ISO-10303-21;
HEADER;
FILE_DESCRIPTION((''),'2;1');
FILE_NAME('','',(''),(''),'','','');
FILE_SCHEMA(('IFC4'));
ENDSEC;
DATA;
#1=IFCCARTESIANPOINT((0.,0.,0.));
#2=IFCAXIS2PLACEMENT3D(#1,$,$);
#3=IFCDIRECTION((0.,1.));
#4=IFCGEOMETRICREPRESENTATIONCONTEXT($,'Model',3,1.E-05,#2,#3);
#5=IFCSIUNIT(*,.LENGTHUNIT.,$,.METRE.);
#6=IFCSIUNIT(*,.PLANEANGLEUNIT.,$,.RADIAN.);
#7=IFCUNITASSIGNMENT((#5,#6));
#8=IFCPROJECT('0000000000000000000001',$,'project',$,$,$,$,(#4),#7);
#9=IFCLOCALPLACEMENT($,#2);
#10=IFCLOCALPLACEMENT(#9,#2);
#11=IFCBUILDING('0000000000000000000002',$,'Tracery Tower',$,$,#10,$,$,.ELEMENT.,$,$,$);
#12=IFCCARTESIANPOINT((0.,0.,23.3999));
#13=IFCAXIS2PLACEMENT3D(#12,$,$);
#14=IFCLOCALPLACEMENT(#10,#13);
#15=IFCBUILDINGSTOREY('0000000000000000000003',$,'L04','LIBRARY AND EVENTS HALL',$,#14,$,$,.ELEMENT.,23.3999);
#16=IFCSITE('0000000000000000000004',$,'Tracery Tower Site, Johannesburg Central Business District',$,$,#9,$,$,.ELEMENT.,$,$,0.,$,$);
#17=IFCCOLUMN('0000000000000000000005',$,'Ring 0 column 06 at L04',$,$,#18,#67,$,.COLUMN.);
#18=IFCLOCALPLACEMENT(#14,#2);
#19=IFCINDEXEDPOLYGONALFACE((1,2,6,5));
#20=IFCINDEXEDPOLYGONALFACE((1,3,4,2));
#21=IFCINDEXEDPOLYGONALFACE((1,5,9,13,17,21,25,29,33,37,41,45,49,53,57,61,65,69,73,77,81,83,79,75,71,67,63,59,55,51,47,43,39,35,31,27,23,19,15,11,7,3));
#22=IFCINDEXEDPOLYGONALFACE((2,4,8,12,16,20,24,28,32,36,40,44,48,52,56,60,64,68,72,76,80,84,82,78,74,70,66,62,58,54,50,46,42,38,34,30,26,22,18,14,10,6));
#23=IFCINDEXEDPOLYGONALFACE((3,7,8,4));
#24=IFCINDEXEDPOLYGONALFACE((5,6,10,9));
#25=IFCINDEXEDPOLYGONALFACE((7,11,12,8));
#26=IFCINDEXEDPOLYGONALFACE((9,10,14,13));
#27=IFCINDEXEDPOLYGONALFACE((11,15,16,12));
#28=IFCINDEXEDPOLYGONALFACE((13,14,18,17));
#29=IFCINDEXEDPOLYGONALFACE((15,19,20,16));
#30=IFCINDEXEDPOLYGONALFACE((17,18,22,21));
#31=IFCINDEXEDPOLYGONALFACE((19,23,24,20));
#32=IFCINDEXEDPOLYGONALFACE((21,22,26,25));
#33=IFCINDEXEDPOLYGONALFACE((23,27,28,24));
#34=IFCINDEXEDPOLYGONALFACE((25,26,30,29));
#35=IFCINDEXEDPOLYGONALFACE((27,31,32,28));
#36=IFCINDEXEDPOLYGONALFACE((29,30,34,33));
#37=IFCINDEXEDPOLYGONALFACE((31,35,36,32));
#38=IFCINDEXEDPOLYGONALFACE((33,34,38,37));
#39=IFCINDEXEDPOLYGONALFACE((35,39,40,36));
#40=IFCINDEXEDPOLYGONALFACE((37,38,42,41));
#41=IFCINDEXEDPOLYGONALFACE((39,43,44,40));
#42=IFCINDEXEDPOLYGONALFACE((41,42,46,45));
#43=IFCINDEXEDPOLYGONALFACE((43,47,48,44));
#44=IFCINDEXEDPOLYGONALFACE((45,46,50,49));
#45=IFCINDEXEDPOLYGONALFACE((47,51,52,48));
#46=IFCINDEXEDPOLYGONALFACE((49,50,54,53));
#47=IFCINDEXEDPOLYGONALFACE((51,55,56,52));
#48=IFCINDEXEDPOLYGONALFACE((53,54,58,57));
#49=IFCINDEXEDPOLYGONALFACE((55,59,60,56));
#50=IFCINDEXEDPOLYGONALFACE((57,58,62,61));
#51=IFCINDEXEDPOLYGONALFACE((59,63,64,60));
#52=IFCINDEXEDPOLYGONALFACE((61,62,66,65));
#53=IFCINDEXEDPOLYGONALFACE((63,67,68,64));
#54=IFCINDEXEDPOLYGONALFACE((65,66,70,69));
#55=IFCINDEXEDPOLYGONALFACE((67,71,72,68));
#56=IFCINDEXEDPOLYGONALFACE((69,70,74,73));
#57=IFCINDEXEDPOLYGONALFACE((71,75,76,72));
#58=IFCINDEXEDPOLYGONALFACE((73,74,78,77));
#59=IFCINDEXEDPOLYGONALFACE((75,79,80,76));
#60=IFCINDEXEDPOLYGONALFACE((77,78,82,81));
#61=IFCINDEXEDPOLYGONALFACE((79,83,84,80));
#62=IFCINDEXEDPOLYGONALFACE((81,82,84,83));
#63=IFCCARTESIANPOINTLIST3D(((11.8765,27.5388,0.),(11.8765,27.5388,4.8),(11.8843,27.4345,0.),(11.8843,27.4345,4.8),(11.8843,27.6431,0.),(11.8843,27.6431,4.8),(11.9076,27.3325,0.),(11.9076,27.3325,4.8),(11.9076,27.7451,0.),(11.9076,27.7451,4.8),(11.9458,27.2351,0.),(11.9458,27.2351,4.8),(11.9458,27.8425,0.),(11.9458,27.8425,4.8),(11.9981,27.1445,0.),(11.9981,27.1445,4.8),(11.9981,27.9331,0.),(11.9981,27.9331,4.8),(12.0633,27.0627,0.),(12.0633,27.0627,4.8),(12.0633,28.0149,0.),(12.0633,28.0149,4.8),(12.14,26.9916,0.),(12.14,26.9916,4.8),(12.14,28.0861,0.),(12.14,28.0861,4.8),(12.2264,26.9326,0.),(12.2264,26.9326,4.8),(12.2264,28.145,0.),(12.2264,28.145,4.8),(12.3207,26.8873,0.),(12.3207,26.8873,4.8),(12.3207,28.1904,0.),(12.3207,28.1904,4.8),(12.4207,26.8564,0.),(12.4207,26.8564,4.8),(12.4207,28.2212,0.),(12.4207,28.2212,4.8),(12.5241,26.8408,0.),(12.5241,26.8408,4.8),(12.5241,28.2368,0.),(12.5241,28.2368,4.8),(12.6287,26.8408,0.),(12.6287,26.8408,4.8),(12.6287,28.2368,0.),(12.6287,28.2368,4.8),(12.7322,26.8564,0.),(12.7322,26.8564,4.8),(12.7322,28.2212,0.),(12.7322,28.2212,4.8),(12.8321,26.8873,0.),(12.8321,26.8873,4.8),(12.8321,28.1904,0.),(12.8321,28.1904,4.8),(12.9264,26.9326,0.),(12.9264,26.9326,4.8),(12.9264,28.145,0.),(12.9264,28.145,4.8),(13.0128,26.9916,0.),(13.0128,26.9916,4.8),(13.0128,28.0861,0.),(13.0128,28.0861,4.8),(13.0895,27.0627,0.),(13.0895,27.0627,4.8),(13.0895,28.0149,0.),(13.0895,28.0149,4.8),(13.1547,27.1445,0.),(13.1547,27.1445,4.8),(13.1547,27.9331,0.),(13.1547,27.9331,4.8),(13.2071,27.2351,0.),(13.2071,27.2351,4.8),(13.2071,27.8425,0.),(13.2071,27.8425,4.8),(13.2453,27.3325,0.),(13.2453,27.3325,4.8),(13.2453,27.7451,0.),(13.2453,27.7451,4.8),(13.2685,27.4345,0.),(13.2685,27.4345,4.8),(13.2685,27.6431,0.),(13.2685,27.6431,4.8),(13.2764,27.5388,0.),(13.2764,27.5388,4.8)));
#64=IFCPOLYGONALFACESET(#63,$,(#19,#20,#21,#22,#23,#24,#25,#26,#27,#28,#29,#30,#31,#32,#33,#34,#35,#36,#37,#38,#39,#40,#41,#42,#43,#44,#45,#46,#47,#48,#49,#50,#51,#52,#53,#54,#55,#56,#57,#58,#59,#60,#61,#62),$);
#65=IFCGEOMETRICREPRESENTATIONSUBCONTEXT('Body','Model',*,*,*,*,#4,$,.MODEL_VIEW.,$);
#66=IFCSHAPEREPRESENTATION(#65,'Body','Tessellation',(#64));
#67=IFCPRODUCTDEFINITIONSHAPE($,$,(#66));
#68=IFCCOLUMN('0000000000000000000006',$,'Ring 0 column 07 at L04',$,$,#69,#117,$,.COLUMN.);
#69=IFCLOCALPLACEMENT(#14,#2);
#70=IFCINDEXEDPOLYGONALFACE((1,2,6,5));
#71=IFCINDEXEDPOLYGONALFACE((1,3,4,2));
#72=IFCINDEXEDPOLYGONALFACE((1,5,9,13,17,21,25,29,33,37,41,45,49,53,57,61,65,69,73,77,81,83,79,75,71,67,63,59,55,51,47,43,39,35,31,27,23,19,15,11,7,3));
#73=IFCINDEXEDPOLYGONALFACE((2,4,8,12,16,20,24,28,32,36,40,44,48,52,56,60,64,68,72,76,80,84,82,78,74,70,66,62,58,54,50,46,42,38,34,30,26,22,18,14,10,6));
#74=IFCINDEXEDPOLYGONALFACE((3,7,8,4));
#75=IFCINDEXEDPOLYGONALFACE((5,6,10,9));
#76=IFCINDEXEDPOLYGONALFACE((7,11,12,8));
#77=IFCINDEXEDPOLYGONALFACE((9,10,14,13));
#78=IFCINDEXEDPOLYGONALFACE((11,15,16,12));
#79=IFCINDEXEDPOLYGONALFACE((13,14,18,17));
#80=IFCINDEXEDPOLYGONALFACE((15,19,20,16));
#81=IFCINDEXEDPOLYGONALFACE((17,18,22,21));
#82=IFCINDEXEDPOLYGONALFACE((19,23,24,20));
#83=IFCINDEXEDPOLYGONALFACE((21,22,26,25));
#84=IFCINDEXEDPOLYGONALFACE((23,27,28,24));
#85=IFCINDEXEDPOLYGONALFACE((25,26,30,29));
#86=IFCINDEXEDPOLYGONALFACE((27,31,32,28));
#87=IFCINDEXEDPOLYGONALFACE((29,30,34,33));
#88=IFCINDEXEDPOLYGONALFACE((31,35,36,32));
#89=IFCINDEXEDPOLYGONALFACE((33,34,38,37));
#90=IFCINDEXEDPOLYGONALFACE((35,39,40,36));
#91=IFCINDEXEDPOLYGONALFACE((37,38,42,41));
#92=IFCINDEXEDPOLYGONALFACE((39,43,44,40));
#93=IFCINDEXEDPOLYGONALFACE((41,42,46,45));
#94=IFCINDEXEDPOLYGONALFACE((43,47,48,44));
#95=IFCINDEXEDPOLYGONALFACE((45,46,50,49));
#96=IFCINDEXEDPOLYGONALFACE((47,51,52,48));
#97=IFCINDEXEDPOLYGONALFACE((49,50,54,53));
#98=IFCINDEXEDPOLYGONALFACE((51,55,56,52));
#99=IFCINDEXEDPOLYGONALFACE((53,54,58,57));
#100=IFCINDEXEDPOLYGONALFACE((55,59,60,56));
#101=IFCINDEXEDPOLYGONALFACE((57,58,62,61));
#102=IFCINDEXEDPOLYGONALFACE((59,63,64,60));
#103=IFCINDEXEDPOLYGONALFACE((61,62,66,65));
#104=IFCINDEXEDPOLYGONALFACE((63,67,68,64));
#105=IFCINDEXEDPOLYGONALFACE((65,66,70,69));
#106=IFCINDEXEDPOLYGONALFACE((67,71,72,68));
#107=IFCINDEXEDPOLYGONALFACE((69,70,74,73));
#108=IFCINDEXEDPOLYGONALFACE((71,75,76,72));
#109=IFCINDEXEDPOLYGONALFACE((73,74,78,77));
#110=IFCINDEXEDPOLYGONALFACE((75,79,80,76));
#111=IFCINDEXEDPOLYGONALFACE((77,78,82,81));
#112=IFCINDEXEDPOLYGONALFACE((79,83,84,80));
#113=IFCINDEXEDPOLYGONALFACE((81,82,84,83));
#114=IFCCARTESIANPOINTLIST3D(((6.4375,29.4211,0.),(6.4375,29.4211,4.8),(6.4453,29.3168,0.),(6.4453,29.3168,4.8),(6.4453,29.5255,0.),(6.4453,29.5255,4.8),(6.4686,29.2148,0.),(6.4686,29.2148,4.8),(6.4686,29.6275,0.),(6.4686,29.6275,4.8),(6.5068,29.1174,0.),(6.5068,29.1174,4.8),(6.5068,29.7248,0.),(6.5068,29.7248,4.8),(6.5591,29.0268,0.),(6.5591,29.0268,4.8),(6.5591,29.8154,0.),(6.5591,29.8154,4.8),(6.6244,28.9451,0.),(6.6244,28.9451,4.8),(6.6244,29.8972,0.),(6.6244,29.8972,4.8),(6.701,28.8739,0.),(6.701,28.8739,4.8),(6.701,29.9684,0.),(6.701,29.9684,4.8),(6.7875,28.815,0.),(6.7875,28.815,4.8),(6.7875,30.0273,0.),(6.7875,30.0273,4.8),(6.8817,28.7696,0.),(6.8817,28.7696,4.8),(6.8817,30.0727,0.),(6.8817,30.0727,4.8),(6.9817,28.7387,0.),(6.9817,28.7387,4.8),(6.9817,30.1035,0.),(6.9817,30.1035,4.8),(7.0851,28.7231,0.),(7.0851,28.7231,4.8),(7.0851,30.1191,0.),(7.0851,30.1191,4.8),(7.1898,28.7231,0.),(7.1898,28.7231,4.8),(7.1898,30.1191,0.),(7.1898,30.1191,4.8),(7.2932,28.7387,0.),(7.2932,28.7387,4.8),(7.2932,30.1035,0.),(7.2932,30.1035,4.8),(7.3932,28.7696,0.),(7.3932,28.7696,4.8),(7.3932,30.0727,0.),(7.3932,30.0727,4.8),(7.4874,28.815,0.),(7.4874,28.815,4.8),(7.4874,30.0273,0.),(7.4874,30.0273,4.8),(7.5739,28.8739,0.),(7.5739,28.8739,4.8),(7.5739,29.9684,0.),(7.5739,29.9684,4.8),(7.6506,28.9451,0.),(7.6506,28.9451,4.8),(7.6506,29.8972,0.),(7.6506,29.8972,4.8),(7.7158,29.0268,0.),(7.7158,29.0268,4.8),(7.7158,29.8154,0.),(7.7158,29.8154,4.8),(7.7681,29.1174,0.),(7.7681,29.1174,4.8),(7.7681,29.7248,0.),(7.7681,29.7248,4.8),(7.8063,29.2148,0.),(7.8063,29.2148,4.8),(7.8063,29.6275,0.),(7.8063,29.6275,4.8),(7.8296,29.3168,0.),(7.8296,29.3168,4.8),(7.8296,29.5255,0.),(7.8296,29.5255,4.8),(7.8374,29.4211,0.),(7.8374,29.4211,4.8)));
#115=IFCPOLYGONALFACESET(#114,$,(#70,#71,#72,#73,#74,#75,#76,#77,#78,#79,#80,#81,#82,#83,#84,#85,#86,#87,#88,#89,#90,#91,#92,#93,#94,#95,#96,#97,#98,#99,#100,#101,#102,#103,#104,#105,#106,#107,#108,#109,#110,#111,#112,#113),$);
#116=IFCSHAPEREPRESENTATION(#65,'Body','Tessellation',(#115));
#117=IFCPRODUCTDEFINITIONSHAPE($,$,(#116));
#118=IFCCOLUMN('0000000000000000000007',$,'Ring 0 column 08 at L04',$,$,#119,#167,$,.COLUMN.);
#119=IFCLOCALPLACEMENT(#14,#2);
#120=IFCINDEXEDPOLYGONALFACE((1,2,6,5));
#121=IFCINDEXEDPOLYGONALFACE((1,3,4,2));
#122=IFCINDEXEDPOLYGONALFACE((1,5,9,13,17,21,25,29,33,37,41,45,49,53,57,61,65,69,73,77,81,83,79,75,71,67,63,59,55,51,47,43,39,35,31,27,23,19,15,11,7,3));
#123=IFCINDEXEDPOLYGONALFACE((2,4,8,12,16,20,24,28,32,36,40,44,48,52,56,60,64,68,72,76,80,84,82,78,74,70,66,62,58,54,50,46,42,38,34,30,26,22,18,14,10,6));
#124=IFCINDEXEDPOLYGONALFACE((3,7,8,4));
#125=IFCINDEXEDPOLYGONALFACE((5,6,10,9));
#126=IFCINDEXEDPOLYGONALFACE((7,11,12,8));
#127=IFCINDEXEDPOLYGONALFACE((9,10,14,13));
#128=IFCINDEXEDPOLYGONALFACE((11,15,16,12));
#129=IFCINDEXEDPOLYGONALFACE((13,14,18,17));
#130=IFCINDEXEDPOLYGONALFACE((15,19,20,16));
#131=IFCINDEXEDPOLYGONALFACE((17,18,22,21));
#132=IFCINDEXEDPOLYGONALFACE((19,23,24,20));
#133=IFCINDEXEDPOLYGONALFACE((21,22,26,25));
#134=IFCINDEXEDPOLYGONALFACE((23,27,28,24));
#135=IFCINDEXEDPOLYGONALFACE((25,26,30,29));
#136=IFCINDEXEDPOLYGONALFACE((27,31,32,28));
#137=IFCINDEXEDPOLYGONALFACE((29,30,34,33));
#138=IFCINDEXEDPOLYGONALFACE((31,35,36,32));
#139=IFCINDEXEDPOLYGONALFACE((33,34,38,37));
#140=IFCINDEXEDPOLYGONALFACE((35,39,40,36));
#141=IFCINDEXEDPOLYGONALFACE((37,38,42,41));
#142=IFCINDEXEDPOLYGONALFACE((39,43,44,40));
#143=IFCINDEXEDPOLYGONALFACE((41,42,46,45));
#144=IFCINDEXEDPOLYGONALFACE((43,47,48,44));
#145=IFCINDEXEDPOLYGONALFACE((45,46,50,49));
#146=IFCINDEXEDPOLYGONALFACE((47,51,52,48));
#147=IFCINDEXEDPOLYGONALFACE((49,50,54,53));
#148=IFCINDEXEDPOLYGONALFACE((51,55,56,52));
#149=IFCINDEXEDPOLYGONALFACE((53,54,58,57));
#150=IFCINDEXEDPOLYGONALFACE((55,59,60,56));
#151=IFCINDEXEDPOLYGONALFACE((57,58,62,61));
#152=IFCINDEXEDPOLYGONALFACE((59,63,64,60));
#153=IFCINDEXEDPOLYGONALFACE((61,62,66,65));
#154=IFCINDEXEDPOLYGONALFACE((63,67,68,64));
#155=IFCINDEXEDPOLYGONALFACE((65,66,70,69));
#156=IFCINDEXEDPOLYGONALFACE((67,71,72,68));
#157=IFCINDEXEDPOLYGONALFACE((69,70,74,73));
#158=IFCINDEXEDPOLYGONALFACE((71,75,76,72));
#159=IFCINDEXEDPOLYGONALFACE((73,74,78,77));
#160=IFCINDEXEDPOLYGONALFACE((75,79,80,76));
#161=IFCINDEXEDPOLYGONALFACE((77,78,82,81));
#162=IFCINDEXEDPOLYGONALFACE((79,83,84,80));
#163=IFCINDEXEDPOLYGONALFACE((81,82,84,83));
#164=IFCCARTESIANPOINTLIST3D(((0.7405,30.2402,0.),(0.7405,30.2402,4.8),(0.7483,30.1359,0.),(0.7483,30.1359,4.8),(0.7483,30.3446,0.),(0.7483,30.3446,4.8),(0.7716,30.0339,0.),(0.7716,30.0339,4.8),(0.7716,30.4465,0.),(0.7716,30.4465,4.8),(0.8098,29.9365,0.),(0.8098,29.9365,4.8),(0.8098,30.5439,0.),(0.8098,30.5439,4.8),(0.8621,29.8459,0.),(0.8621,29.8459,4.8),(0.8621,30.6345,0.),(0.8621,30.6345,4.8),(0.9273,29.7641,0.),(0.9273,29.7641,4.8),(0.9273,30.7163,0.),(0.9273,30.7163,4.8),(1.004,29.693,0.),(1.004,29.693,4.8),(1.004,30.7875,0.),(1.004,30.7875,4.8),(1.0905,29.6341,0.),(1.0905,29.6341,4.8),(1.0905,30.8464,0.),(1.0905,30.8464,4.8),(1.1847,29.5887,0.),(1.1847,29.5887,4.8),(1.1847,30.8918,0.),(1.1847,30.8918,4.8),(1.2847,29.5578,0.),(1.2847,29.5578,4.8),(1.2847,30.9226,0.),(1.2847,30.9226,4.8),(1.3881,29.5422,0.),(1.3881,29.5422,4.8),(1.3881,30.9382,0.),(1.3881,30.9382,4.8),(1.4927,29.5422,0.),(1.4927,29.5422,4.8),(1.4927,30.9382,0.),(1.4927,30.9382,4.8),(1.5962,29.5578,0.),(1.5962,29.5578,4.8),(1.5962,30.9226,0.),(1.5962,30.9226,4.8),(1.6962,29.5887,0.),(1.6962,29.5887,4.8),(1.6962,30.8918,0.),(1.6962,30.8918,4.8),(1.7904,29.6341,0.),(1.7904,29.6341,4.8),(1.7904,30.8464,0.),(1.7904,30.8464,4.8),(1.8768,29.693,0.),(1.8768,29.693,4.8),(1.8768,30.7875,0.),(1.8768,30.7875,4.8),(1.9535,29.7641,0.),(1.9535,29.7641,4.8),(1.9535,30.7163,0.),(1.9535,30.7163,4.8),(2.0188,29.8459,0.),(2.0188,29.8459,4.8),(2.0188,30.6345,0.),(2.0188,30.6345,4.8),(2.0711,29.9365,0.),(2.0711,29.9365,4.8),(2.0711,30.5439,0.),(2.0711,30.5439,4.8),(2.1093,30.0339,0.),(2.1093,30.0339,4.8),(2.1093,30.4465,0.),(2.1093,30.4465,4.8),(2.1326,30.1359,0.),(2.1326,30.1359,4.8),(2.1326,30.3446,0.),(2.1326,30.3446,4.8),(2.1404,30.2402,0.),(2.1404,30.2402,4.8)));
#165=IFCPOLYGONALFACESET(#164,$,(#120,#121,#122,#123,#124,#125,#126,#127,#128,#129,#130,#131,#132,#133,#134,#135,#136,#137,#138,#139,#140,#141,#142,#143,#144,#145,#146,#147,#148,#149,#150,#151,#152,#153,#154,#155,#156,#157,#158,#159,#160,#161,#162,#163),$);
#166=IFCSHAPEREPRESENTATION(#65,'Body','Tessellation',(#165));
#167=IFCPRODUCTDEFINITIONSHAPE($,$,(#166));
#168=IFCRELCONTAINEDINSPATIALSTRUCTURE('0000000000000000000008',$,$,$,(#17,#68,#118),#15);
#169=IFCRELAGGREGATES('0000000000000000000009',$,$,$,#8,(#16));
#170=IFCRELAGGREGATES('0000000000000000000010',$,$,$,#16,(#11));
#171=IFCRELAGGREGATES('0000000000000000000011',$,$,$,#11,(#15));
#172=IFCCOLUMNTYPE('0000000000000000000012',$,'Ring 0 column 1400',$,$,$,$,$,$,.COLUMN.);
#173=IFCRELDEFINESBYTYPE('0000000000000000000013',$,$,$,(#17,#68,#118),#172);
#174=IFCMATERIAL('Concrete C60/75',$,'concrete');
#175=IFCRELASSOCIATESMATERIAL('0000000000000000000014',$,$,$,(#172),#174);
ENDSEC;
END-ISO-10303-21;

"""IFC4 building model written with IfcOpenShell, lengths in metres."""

from ifc_helpers import new_model, si_unit, direction, frame, origin, origin_2d, place, context, subcontext, project, spatial, circle, extrude, material, material_profile, profile_set, type_object, element, save


model = new_model("IFC4")

# Units and contexts
model_context = context("Model", 3, precision=1e-05, world=origin(), true_north=direction((0.0, 1.0)))
body_context = subcontext(model_context, "Body", "Model", "MODEL_VIEW")
ifc_project = project(units=[si_unit("LENGTHUNIT", "METRE"), si_unit("PLANEANGLEUNIT", "RADIAN")], contexts=[model_context])

# Site, building, storey
site_placement = place(None, origin())
site = spatial("IfcSite", under=ifc_project, at=site_placement, Name="Tracery Tower Site, Johannesburg Central Business District", CompositionType="ELEMENT", RefElevation=0.0)
building_placement = place(site_placement, origin())
building = spatial("IfcBuilding", under=site, at=building_placement, Name="Tracery Tower", CompositionType="ELEMENT")
storey_placement = place(building_placement, frame((0.0, 0.0, 23.3999)))
storey = spatial("IfcBuildingStorey", under=building, at=storey_placement, Name="L04", Description="LIBRARY AND EVENTS HALL", CompositionType="ELEMENT", Elevation=23.3999)

# Columns
ifc_material_1 = material(Name="Concrete C60/75", Category="concrete")
ifc_material_profile_1 = material_profile(ifc_material_1, circle(Radius=0.7, at=origin_2d()), Name="RC D1400")
ifc_profile_set_1 = profile_set([ifc_material_profile_1], Name="Concrete C60/75")
column_type_1 = type_object("IfcColumnType", Name="Ring 0 column 1400", PredefinedType="COLUMN", material=ifc_profile_set_1)
for number, where, z_axis, x_axis, name in (
    (1, (12.5764, 27.5388, 0.0), (0.0, 0.0, 1.0), (1.0, 0.0, 0.0), "Ring 0 column 06 at L04"),
    (2, (7.1375, 29.4211, 0.0), (0.0, 0.0, 1.0), (1.0, 0.0, 0.0), "Ring 0 column 07 at L04"),
    (3, (1.4404, 30.2402, 0.0), (0.0, 0.0, 1.0), (1.0, 0.0, 0.0), "Ring 0 column 08 at L04"),
):
    element("IfcColumn", number, at=place(storey_placement, frame(where, z_axis=z_axis, x_axis=x_axis)), inside=storey, type_object=column_type_1, Name=name, PredefinedType="COLUMN", context=body_context, shape_type="SweptSolid", body=[
        extrude(circle(Radius=0.7, at=origin_2d()), origin(), (0.0, 0.0, 1.0), 4.8),
    ])

save(model, "model.ifc")
